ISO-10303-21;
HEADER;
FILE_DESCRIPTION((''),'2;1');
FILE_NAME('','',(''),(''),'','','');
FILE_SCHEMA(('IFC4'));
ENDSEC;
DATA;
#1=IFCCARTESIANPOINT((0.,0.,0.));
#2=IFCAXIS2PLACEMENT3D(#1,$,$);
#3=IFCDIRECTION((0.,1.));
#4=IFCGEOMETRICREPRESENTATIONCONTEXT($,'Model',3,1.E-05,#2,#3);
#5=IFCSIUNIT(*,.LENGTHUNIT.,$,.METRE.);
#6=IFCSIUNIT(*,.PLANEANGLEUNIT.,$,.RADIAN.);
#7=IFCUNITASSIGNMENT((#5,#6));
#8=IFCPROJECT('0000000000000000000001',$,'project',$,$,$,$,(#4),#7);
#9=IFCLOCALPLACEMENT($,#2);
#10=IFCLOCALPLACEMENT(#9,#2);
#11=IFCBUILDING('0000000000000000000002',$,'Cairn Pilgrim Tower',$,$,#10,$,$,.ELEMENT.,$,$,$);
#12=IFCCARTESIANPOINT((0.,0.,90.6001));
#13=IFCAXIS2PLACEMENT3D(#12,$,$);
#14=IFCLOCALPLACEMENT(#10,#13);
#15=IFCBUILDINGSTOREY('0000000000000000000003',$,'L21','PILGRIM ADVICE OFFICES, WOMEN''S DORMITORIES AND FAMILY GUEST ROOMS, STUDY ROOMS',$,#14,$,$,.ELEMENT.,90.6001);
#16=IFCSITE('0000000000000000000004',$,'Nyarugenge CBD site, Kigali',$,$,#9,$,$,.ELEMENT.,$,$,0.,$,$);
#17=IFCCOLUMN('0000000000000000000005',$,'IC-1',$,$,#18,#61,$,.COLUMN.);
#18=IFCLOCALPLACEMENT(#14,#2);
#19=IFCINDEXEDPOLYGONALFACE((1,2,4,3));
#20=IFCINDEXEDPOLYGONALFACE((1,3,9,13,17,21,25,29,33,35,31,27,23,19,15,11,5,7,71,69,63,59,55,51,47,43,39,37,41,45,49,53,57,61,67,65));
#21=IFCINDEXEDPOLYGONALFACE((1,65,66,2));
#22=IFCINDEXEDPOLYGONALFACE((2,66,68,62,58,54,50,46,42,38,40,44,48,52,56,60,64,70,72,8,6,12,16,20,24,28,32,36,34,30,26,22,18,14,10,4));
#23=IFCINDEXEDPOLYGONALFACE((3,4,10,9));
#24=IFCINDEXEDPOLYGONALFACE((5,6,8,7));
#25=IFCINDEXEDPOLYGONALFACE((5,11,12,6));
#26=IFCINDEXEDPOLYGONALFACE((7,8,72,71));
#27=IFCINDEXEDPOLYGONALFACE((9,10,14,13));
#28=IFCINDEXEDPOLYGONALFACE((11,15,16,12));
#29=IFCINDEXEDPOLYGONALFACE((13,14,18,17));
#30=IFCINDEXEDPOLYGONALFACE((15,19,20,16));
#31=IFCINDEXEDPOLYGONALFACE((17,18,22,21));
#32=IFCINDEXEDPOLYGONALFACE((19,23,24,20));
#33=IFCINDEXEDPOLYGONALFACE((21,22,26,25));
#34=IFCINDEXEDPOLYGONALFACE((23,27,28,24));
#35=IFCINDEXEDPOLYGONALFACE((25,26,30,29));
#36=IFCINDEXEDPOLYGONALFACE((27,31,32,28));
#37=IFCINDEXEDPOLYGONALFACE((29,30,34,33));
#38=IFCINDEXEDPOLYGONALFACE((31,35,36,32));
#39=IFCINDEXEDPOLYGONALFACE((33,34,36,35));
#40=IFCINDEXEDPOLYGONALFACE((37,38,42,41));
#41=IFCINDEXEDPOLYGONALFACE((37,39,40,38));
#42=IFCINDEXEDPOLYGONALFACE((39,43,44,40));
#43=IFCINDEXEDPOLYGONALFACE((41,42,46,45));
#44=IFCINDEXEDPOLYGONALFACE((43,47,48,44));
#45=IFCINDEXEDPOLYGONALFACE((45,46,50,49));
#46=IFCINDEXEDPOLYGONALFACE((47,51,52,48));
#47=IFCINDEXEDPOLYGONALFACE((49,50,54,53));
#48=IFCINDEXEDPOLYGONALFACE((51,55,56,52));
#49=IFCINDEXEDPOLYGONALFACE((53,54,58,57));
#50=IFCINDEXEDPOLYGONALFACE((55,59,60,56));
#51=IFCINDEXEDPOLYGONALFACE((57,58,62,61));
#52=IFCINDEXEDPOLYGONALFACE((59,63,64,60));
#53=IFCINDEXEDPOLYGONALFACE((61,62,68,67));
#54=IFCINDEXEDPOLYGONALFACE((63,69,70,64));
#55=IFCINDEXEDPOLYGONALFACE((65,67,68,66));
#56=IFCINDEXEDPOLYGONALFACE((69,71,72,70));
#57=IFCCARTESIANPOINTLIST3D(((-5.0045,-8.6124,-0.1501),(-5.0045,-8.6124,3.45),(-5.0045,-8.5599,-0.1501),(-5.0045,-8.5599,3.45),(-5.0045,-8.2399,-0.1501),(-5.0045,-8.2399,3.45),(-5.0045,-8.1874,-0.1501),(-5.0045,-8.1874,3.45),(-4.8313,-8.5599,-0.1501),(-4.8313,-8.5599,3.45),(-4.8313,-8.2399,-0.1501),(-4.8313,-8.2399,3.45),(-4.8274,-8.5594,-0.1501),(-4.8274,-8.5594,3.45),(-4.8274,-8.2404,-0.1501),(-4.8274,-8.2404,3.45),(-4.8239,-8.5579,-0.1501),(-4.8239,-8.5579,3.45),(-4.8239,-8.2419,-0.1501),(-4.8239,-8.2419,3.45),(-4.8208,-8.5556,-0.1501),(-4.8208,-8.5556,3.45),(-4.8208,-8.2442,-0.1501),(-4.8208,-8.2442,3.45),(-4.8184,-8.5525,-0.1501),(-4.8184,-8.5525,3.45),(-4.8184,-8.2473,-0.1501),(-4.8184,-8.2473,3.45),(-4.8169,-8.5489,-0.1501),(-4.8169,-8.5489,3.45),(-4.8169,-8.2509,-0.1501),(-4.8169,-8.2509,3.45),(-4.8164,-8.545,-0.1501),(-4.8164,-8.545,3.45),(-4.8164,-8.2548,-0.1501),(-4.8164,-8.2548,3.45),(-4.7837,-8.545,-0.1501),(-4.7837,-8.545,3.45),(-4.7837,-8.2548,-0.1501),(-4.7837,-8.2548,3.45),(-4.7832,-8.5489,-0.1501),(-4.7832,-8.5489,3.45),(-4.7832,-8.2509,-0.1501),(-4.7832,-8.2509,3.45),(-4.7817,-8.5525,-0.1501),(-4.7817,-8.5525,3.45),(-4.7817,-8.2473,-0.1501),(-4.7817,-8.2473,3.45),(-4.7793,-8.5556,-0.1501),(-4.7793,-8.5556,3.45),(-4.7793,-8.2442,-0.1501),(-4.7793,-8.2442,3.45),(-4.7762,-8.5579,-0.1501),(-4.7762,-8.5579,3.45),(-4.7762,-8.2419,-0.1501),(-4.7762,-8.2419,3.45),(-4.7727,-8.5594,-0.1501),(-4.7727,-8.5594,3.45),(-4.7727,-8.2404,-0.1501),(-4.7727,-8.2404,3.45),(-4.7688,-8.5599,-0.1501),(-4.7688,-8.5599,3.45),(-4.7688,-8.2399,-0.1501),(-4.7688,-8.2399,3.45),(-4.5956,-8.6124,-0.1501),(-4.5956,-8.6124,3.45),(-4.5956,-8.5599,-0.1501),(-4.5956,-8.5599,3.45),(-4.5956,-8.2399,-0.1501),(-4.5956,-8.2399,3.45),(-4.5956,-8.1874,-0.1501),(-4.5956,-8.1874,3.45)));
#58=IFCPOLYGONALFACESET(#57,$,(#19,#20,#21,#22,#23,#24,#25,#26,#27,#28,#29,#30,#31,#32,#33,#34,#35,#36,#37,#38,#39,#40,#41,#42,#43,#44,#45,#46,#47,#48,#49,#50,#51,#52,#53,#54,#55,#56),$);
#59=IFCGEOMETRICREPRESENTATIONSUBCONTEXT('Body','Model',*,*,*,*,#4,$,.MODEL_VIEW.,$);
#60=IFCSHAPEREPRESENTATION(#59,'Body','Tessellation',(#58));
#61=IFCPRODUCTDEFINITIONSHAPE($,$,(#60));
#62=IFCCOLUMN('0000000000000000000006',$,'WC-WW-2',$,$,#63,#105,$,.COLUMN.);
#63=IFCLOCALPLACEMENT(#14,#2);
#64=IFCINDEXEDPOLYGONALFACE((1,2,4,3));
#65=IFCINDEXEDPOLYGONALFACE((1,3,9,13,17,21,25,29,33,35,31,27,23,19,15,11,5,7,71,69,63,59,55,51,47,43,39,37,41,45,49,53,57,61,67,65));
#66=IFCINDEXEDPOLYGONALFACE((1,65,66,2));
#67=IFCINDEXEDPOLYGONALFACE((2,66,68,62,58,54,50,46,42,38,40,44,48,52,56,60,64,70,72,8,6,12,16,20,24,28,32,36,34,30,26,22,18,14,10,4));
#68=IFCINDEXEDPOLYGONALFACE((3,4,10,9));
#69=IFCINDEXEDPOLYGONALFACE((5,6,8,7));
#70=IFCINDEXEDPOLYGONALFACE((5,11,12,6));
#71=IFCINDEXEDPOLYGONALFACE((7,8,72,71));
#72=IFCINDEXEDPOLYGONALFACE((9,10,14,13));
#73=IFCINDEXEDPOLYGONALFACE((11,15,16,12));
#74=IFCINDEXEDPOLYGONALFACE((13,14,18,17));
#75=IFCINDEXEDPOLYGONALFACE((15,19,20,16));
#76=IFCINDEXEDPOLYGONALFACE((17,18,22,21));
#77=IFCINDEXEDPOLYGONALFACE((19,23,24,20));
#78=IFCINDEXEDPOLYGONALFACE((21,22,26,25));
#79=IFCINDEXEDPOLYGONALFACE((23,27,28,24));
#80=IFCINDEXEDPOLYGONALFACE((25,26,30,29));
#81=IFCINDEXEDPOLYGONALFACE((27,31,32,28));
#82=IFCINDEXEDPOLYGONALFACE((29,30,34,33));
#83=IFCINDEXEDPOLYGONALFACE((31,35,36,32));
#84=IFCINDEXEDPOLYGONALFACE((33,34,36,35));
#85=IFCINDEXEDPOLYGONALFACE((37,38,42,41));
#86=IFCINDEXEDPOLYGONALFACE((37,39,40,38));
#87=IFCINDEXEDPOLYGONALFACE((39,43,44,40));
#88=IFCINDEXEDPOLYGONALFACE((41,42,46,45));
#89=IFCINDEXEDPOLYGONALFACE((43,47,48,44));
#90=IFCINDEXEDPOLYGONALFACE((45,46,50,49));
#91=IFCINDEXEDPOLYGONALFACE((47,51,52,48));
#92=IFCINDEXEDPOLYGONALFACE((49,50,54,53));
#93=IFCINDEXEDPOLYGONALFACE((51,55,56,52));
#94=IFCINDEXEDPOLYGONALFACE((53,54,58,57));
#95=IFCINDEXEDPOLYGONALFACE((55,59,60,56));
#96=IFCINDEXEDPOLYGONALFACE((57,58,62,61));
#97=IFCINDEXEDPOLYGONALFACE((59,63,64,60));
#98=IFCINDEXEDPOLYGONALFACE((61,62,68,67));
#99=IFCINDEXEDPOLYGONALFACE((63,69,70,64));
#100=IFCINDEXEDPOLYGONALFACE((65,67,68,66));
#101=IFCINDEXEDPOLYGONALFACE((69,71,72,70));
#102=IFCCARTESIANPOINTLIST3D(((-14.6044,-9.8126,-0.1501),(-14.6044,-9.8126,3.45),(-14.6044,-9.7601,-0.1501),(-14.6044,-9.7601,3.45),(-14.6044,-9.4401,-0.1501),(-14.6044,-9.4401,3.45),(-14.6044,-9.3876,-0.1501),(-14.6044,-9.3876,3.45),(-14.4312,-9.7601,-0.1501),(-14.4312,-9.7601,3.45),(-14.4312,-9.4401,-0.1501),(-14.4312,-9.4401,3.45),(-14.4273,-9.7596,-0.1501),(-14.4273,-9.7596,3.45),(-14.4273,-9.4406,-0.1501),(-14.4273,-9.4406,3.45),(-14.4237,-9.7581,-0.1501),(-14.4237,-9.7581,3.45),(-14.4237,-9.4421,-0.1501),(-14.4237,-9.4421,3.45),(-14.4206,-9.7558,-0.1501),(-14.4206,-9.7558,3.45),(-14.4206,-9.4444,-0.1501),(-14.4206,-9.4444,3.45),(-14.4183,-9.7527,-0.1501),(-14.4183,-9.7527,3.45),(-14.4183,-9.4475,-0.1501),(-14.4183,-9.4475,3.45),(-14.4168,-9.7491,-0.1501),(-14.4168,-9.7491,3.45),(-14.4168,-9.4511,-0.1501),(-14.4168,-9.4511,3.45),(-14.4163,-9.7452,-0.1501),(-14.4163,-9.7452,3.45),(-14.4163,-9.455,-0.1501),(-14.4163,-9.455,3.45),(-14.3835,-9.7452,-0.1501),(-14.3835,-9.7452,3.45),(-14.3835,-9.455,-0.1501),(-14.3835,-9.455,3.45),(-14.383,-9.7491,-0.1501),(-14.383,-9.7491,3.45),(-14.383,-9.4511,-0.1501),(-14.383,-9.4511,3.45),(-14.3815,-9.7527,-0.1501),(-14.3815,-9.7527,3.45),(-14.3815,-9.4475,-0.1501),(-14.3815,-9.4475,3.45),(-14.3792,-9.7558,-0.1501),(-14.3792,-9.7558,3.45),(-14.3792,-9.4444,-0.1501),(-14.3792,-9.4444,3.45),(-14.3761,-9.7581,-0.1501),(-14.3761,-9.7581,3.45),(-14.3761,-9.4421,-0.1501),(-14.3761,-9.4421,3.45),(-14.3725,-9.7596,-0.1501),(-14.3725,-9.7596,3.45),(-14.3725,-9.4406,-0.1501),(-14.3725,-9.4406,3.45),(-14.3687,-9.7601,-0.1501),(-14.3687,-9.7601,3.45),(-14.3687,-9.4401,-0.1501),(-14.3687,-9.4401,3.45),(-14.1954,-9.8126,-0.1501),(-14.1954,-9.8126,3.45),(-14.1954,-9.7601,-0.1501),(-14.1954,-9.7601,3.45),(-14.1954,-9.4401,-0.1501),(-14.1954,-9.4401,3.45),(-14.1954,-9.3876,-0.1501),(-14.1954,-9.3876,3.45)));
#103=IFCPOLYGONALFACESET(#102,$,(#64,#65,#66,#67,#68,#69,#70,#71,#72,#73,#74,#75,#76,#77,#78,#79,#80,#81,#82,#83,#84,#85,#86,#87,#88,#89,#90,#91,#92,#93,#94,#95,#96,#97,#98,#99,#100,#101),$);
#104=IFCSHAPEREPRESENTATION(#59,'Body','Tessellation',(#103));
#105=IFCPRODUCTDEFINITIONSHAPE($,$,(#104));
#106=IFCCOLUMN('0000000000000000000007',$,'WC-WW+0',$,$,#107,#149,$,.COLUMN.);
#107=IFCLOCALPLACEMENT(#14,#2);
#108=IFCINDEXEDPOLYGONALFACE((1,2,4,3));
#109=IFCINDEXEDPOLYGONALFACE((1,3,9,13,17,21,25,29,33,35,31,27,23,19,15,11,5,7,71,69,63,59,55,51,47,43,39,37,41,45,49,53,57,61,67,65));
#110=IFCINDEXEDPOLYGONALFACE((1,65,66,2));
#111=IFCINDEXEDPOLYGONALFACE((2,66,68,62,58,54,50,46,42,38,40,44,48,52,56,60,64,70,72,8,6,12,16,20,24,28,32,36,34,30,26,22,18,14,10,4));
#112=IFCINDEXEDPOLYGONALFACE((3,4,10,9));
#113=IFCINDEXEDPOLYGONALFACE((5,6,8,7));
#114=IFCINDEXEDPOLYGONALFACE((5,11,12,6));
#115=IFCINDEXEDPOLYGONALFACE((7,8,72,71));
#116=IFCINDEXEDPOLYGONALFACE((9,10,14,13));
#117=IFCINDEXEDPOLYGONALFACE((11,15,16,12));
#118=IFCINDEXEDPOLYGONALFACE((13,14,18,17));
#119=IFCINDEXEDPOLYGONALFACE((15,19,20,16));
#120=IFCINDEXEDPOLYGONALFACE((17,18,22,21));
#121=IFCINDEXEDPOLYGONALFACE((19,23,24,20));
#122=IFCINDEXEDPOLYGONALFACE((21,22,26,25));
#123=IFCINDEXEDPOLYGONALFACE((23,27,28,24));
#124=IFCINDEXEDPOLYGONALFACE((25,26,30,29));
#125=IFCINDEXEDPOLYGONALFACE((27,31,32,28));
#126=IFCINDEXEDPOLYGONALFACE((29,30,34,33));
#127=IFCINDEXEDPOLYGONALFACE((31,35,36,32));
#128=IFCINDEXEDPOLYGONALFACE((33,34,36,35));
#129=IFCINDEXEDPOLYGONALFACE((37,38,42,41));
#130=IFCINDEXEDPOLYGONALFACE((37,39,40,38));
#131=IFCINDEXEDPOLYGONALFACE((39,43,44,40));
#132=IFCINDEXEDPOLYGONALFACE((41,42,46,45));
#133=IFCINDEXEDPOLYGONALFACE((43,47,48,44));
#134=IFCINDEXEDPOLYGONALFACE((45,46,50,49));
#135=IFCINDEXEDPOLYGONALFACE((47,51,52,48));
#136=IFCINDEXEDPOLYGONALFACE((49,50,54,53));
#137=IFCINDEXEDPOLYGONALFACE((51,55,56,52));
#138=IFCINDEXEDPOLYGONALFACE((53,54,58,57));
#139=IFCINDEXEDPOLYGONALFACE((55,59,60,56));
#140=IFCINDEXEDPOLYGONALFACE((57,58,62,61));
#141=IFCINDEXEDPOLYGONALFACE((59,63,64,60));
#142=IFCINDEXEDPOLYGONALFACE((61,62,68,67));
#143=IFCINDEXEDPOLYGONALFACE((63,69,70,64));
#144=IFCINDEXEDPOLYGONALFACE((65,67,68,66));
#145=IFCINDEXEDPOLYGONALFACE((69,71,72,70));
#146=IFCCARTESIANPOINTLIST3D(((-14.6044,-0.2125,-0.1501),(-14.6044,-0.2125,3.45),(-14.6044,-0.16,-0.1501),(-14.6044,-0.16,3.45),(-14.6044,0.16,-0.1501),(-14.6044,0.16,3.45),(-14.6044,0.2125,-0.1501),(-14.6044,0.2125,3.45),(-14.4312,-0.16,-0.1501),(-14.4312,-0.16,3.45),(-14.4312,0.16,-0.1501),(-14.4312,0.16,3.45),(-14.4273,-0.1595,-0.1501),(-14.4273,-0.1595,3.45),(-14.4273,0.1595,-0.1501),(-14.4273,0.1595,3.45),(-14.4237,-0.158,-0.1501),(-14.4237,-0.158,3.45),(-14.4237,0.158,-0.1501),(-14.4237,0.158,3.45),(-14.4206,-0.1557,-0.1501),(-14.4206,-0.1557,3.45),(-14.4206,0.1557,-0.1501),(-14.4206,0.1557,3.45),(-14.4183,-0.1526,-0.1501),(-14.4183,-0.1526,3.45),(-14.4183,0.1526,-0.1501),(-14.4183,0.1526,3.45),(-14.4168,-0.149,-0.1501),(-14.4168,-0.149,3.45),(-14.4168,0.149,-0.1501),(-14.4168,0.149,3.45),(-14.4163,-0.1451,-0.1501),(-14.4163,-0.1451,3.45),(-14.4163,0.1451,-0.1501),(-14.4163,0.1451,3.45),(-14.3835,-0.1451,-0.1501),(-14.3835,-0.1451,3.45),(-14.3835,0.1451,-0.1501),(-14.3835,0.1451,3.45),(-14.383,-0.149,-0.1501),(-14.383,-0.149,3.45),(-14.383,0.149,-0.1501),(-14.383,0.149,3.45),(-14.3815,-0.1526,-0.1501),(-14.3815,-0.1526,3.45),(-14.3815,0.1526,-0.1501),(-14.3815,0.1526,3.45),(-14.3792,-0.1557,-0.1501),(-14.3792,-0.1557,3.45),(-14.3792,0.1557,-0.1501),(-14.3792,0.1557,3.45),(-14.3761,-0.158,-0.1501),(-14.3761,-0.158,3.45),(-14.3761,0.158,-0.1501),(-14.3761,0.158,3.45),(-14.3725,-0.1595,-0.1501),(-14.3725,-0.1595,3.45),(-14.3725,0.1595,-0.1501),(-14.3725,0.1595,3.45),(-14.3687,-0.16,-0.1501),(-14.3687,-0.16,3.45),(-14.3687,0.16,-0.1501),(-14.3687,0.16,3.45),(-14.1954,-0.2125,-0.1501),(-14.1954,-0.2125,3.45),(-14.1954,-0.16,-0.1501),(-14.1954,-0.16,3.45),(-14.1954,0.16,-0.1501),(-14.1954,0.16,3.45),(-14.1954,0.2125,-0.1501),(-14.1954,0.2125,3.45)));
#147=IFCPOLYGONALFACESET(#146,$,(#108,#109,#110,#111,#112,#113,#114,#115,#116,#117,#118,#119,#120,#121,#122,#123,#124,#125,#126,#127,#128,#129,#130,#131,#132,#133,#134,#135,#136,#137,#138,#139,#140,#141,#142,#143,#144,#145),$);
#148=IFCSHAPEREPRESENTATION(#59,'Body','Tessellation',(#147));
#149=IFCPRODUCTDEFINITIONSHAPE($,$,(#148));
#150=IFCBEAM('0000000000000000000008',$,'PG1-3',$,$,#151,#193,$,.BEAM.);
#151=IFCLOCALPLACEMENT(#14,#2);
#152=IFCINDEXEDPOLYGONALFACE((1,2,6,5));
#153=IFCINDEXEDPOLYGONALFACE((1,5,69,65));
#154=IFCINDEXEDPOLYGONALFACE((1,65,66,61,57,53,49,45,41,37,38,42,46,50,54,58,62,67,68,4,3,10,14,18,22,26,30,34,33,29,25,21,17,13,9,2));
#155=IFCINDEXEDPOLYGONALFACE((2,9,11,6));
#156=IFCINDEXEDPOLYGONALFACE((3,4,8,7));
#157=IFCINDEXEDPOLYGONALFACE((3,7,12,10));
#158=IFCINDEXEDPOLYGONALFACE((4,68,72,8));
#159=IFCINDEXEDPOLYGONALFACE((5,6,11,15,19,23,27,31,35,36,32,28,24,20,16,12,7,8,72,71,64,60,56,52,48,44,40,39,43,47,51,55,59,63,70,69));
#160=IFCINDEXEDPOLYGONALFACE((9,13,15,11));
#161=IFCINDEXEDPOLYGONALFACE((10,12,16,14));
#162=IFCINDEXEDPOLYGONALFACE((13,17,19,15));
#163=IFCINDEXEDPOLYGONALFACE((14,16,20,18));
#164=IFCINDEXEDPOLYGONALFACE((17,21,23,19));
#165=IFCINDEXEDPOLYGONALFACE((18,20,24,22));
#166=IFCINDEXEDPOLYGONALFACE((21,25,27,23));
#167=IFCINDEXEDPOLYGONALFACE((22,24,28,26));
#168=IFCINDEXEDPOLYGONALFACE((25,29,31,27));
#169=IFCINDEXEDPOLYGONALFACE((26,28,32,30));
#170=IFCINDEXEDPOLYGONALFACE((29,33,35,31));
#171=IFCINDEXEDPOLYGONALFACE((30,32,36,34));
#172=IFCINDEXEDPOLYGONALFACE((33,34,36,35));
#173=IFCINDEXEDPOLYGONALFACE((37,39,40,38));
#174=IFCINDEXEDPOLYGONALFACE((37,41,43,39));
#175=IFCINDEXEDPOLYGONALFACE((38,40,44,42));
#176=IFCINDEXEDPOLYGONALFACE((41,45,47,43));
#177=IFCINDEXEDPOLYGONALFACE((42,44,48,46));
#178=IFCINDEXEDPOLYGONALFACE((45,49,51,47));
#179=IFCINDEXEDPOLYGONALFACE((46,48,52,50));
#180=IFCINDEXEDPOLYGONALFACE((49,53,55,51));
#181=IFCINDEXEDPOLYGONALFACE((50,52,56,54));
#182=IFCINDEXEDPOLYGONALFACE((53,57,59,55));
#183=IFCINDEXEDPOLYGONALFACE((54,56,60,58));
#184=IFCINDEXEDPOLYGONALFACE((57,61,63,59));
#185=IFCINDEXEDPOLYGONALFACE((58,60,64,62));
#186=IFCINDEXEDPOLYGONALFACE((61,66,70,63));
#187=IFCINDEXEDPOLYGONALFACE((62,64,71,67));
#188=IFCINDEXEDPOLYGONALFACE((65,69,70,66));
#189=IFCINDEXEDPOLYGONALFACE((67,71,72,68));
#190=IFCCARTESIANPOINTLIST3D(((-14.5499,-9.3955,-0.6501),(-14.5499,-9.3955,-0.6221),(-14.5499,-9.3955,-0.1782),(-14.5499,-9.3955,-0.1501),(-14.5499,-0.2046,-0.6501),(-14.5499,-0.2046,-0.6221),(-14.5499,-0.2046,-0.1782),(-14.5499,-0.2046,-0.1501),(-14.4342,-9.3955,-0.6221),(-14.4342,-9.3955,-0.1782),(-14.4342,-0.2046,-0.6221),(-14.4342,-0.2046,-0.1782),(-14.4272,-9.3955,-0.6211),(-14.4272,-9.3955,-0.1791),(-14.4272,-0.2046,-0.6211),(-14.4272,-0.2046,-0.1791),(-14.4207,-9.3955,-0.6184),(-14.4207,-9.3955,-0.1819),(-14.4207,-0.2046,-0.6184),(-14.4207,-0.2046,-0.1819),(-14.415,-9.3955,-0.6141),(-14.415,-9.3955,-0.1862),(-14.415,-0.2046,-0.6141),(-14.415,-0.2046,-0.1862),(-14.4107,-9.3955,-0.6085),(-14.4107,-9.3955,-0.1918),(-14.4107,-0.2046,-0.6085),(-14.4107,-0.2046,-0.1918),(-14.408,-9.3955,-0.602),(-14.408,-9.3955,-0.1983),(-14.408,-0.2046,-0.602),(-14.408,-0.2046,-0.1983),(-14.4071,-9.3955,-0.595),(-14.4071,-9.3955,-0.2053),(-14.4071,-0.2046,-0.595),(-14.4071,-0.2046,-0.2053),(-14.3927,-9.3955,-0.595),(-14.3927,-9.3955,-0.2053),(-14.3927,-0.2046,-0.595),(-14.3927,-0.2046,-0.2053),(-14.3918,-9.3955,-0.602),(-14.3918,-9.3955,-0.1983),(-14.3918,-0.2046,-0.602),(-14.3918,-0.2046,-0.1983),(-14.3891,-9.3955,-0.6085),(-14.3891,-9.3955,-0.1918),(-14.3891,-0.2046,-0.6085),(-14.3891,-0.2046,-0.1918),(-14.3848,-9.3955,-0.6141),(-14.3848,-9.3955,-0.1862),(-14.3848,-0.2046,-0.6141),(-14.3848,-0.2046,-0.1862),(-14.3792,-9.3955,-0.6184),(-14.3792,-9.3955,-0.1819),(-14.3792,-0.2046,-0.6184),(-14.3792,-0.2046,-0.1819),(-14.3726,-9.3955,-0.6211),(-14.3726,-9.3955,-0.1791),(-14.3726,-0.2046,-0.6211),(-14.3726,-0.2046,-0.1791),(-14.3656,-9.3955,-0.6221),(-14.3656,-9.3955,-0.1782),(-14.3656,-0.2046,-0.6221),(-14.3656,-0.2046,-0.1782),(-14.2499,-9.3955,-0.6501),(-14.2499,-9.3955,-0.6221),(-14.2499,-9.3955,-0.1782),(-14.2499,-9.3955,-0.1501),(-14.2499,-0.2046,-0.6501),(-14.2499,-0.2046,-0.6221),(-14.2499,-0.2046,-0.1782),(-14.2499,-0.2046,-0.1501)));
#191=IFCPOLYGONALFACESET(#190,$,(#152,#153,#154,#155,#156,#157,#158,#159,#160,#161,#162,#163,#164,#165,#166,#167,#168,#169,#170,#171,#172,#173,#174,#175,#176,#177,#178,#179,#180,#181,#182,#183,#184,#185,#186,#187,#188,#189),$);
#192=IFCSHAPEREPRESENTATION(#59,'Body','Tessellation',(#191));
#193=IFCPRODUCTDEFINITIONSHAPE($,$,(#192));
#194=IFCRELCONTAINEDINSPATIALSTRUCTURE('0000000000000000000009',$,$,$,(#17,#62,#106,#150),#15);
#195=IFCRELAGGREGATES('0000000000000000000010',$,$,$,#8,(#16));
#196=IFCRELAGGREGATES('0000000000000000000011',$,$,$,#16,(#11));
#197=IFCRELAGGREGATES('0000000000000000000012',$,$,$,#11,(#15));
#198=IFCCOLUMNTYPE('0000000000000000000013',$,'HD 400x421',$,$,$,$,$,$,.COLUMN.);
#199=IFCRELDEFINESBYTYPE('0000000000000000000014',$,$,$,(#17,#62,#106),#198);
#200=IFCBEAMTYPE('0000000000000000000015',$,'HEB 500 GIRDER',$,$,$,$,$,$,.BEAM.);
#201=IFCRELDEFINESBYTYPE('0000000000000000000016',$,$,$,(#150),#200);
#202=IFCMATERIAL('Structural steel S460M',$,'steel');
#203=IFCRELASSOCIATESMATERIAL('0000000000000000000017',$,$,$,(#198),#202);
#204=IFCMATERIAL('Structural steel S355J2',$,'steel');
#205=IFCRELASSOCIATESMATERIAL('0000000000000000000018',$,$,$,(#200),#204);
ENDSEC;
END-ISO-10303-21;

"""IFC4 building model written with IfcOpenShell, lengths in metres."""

from ifc_helpers import new_model, si_unit, direction, frame, origin, origin_2d, place, context, subcontext, project, spatial, i_section, extrude, material, material_profile, profile_set, type_object, element, save


model = new_model("IFC4")

# Units and contexts
model_context = context("Model", 3, precision=1e-05, world=origin(), true_north=direction((0.0, 1.0)))
body_context = subcontext(model_context, "Body", "Model", "MODEL_VIEW")
ifc_project = project(units=[si_unit("LENGTHUNIT", "METRE"), si_unit("PLANEANGLEUNIT", "RADIAN")], contexts=[model_context])

# Site, building, storey
site_placement = place(None, origin())
site = spatial("IfcSite", under=ifc_project, at=site_placement, Name="Nyarugenge CBD site, Kigali", CompositionType="ELEMENT", RefElevation=0.0)
building_placement = place(site_placement, origin())
building = spatial("IfcBuilding", under=site, at=building_placement, Name="Cairn Pilgrim Tower", CompositionType="ELEMENT")
storey_placement = place(building_placement, frame((0.0, 0.0, 90.6001)))
storey = spatial("IfcBuildingStorey", under=building, at=storey_placement, Name="L21", Description="PILGRIM ADVICE OFFICES, WOMEN'S DORMITORIES AND FAMILY GUEST ROOMS, STUDY ROOMS", CompositionType="ELEMENT", Elevation=90.6001)

# Columns
ifc_material_1 = material(Name="Structural steel S460M", Category="steel")
ifc_material_profile_1 = material_profile(ifc_material_1, i_section(OverallWidth=0.4089, OverallDepth=0.425, WebThickness=0.0327, FlangeThickness=0.0525, FilletRadius=0.0149, at=origin_2d()), Name="HD 400x421")
ifc_profile_set_1 = profile_set([ifc_material_profile_1], Name="Structural steel S460M")
column_type = type_object("IfcColumnType", Name="HD 400x421", PredefinedType="COLUMN", material=ifc_profile_set_1)
for number, where, z_axis, x_axis, name in (
    (1, (-4.8, -8.3999, -0.1501), (0.0, 0.0, 1.0), (1.0, 0.0, 0.0), "IC-1"),
    (2, (-14.3999, -9.6001, -0.1501), (0.0, 0.0, 1.0), (1.0, 0.0, 0.0), "WC-WW-2"),
    (3, (-14.3999, 0.0, -0.1501), (0.0, 0.0, 1.0), (1.0, 0.0, 0.0), "WC-WW+0"),
):
    element("IfcColumn", number, at=place(storey_placement, frame(where, z_axis=z_axis, x_axis=x_axis)), inside=storey, type_object=column_type, Name=name, PredefinedType="COLUMN", context=body_context, shape_type="SweptSolid", body=[
        extrude(i_section(OverallWidth=0.4089, OverallDepth=0.425, WebThickness=0.0327, FlangeThickness=0.0525, FilletRadius=0.0149, at=origin_2d()), origin(), (0.0, 0.0, 1.0), 3.6001),
    ])

# Beam
ifc_material_2 = material(Name="Structural steel S355J2", Category="steel")
ifc_material_profile_2 = material_profile(ifc_material_2, i_section(OverallWidth=0.3, OverallDepth=0.5, WebThickness=0.0144, FlangeThickness=0.0281, FilletRadius=0.0271, at=origin_2d()), Name="HEB 500")
ifc_profile_set_2 = profile_set([ifc_material_profile_2], Name="Structural steel S355J2")
beam_type_1 = type_object("IfcBeamType", Name="HEB 500 GIRDER", PredefinedType="BEAM", material=ifc_profile_set_2)
beam_1_placement = place(storey_placement, frame((-14.3999, -9.3955, -0.4001), z_axis=(0.0, 1.0, 0.0), x_axis=(-1.0, 0.0, 0.0)))
element("IfcBeam", 4, at=beam_1_placement, inside=storey, type_object=beam_type_1, Name="PG1-3", PredefinedType="BEAM", context=body_context, shape_type="SweptSolid", body=[
    extrude(i_section(OverallWidth=0.3, OverallDepth=0.5, WebThickness=0.0144, FlangeThickness=0.0281, FilletRadius=0.0271, at=origin_2d()), origin(), (0.0, 0.0, 1.0), 9.1909),
])

save(model, "model.ifc")
